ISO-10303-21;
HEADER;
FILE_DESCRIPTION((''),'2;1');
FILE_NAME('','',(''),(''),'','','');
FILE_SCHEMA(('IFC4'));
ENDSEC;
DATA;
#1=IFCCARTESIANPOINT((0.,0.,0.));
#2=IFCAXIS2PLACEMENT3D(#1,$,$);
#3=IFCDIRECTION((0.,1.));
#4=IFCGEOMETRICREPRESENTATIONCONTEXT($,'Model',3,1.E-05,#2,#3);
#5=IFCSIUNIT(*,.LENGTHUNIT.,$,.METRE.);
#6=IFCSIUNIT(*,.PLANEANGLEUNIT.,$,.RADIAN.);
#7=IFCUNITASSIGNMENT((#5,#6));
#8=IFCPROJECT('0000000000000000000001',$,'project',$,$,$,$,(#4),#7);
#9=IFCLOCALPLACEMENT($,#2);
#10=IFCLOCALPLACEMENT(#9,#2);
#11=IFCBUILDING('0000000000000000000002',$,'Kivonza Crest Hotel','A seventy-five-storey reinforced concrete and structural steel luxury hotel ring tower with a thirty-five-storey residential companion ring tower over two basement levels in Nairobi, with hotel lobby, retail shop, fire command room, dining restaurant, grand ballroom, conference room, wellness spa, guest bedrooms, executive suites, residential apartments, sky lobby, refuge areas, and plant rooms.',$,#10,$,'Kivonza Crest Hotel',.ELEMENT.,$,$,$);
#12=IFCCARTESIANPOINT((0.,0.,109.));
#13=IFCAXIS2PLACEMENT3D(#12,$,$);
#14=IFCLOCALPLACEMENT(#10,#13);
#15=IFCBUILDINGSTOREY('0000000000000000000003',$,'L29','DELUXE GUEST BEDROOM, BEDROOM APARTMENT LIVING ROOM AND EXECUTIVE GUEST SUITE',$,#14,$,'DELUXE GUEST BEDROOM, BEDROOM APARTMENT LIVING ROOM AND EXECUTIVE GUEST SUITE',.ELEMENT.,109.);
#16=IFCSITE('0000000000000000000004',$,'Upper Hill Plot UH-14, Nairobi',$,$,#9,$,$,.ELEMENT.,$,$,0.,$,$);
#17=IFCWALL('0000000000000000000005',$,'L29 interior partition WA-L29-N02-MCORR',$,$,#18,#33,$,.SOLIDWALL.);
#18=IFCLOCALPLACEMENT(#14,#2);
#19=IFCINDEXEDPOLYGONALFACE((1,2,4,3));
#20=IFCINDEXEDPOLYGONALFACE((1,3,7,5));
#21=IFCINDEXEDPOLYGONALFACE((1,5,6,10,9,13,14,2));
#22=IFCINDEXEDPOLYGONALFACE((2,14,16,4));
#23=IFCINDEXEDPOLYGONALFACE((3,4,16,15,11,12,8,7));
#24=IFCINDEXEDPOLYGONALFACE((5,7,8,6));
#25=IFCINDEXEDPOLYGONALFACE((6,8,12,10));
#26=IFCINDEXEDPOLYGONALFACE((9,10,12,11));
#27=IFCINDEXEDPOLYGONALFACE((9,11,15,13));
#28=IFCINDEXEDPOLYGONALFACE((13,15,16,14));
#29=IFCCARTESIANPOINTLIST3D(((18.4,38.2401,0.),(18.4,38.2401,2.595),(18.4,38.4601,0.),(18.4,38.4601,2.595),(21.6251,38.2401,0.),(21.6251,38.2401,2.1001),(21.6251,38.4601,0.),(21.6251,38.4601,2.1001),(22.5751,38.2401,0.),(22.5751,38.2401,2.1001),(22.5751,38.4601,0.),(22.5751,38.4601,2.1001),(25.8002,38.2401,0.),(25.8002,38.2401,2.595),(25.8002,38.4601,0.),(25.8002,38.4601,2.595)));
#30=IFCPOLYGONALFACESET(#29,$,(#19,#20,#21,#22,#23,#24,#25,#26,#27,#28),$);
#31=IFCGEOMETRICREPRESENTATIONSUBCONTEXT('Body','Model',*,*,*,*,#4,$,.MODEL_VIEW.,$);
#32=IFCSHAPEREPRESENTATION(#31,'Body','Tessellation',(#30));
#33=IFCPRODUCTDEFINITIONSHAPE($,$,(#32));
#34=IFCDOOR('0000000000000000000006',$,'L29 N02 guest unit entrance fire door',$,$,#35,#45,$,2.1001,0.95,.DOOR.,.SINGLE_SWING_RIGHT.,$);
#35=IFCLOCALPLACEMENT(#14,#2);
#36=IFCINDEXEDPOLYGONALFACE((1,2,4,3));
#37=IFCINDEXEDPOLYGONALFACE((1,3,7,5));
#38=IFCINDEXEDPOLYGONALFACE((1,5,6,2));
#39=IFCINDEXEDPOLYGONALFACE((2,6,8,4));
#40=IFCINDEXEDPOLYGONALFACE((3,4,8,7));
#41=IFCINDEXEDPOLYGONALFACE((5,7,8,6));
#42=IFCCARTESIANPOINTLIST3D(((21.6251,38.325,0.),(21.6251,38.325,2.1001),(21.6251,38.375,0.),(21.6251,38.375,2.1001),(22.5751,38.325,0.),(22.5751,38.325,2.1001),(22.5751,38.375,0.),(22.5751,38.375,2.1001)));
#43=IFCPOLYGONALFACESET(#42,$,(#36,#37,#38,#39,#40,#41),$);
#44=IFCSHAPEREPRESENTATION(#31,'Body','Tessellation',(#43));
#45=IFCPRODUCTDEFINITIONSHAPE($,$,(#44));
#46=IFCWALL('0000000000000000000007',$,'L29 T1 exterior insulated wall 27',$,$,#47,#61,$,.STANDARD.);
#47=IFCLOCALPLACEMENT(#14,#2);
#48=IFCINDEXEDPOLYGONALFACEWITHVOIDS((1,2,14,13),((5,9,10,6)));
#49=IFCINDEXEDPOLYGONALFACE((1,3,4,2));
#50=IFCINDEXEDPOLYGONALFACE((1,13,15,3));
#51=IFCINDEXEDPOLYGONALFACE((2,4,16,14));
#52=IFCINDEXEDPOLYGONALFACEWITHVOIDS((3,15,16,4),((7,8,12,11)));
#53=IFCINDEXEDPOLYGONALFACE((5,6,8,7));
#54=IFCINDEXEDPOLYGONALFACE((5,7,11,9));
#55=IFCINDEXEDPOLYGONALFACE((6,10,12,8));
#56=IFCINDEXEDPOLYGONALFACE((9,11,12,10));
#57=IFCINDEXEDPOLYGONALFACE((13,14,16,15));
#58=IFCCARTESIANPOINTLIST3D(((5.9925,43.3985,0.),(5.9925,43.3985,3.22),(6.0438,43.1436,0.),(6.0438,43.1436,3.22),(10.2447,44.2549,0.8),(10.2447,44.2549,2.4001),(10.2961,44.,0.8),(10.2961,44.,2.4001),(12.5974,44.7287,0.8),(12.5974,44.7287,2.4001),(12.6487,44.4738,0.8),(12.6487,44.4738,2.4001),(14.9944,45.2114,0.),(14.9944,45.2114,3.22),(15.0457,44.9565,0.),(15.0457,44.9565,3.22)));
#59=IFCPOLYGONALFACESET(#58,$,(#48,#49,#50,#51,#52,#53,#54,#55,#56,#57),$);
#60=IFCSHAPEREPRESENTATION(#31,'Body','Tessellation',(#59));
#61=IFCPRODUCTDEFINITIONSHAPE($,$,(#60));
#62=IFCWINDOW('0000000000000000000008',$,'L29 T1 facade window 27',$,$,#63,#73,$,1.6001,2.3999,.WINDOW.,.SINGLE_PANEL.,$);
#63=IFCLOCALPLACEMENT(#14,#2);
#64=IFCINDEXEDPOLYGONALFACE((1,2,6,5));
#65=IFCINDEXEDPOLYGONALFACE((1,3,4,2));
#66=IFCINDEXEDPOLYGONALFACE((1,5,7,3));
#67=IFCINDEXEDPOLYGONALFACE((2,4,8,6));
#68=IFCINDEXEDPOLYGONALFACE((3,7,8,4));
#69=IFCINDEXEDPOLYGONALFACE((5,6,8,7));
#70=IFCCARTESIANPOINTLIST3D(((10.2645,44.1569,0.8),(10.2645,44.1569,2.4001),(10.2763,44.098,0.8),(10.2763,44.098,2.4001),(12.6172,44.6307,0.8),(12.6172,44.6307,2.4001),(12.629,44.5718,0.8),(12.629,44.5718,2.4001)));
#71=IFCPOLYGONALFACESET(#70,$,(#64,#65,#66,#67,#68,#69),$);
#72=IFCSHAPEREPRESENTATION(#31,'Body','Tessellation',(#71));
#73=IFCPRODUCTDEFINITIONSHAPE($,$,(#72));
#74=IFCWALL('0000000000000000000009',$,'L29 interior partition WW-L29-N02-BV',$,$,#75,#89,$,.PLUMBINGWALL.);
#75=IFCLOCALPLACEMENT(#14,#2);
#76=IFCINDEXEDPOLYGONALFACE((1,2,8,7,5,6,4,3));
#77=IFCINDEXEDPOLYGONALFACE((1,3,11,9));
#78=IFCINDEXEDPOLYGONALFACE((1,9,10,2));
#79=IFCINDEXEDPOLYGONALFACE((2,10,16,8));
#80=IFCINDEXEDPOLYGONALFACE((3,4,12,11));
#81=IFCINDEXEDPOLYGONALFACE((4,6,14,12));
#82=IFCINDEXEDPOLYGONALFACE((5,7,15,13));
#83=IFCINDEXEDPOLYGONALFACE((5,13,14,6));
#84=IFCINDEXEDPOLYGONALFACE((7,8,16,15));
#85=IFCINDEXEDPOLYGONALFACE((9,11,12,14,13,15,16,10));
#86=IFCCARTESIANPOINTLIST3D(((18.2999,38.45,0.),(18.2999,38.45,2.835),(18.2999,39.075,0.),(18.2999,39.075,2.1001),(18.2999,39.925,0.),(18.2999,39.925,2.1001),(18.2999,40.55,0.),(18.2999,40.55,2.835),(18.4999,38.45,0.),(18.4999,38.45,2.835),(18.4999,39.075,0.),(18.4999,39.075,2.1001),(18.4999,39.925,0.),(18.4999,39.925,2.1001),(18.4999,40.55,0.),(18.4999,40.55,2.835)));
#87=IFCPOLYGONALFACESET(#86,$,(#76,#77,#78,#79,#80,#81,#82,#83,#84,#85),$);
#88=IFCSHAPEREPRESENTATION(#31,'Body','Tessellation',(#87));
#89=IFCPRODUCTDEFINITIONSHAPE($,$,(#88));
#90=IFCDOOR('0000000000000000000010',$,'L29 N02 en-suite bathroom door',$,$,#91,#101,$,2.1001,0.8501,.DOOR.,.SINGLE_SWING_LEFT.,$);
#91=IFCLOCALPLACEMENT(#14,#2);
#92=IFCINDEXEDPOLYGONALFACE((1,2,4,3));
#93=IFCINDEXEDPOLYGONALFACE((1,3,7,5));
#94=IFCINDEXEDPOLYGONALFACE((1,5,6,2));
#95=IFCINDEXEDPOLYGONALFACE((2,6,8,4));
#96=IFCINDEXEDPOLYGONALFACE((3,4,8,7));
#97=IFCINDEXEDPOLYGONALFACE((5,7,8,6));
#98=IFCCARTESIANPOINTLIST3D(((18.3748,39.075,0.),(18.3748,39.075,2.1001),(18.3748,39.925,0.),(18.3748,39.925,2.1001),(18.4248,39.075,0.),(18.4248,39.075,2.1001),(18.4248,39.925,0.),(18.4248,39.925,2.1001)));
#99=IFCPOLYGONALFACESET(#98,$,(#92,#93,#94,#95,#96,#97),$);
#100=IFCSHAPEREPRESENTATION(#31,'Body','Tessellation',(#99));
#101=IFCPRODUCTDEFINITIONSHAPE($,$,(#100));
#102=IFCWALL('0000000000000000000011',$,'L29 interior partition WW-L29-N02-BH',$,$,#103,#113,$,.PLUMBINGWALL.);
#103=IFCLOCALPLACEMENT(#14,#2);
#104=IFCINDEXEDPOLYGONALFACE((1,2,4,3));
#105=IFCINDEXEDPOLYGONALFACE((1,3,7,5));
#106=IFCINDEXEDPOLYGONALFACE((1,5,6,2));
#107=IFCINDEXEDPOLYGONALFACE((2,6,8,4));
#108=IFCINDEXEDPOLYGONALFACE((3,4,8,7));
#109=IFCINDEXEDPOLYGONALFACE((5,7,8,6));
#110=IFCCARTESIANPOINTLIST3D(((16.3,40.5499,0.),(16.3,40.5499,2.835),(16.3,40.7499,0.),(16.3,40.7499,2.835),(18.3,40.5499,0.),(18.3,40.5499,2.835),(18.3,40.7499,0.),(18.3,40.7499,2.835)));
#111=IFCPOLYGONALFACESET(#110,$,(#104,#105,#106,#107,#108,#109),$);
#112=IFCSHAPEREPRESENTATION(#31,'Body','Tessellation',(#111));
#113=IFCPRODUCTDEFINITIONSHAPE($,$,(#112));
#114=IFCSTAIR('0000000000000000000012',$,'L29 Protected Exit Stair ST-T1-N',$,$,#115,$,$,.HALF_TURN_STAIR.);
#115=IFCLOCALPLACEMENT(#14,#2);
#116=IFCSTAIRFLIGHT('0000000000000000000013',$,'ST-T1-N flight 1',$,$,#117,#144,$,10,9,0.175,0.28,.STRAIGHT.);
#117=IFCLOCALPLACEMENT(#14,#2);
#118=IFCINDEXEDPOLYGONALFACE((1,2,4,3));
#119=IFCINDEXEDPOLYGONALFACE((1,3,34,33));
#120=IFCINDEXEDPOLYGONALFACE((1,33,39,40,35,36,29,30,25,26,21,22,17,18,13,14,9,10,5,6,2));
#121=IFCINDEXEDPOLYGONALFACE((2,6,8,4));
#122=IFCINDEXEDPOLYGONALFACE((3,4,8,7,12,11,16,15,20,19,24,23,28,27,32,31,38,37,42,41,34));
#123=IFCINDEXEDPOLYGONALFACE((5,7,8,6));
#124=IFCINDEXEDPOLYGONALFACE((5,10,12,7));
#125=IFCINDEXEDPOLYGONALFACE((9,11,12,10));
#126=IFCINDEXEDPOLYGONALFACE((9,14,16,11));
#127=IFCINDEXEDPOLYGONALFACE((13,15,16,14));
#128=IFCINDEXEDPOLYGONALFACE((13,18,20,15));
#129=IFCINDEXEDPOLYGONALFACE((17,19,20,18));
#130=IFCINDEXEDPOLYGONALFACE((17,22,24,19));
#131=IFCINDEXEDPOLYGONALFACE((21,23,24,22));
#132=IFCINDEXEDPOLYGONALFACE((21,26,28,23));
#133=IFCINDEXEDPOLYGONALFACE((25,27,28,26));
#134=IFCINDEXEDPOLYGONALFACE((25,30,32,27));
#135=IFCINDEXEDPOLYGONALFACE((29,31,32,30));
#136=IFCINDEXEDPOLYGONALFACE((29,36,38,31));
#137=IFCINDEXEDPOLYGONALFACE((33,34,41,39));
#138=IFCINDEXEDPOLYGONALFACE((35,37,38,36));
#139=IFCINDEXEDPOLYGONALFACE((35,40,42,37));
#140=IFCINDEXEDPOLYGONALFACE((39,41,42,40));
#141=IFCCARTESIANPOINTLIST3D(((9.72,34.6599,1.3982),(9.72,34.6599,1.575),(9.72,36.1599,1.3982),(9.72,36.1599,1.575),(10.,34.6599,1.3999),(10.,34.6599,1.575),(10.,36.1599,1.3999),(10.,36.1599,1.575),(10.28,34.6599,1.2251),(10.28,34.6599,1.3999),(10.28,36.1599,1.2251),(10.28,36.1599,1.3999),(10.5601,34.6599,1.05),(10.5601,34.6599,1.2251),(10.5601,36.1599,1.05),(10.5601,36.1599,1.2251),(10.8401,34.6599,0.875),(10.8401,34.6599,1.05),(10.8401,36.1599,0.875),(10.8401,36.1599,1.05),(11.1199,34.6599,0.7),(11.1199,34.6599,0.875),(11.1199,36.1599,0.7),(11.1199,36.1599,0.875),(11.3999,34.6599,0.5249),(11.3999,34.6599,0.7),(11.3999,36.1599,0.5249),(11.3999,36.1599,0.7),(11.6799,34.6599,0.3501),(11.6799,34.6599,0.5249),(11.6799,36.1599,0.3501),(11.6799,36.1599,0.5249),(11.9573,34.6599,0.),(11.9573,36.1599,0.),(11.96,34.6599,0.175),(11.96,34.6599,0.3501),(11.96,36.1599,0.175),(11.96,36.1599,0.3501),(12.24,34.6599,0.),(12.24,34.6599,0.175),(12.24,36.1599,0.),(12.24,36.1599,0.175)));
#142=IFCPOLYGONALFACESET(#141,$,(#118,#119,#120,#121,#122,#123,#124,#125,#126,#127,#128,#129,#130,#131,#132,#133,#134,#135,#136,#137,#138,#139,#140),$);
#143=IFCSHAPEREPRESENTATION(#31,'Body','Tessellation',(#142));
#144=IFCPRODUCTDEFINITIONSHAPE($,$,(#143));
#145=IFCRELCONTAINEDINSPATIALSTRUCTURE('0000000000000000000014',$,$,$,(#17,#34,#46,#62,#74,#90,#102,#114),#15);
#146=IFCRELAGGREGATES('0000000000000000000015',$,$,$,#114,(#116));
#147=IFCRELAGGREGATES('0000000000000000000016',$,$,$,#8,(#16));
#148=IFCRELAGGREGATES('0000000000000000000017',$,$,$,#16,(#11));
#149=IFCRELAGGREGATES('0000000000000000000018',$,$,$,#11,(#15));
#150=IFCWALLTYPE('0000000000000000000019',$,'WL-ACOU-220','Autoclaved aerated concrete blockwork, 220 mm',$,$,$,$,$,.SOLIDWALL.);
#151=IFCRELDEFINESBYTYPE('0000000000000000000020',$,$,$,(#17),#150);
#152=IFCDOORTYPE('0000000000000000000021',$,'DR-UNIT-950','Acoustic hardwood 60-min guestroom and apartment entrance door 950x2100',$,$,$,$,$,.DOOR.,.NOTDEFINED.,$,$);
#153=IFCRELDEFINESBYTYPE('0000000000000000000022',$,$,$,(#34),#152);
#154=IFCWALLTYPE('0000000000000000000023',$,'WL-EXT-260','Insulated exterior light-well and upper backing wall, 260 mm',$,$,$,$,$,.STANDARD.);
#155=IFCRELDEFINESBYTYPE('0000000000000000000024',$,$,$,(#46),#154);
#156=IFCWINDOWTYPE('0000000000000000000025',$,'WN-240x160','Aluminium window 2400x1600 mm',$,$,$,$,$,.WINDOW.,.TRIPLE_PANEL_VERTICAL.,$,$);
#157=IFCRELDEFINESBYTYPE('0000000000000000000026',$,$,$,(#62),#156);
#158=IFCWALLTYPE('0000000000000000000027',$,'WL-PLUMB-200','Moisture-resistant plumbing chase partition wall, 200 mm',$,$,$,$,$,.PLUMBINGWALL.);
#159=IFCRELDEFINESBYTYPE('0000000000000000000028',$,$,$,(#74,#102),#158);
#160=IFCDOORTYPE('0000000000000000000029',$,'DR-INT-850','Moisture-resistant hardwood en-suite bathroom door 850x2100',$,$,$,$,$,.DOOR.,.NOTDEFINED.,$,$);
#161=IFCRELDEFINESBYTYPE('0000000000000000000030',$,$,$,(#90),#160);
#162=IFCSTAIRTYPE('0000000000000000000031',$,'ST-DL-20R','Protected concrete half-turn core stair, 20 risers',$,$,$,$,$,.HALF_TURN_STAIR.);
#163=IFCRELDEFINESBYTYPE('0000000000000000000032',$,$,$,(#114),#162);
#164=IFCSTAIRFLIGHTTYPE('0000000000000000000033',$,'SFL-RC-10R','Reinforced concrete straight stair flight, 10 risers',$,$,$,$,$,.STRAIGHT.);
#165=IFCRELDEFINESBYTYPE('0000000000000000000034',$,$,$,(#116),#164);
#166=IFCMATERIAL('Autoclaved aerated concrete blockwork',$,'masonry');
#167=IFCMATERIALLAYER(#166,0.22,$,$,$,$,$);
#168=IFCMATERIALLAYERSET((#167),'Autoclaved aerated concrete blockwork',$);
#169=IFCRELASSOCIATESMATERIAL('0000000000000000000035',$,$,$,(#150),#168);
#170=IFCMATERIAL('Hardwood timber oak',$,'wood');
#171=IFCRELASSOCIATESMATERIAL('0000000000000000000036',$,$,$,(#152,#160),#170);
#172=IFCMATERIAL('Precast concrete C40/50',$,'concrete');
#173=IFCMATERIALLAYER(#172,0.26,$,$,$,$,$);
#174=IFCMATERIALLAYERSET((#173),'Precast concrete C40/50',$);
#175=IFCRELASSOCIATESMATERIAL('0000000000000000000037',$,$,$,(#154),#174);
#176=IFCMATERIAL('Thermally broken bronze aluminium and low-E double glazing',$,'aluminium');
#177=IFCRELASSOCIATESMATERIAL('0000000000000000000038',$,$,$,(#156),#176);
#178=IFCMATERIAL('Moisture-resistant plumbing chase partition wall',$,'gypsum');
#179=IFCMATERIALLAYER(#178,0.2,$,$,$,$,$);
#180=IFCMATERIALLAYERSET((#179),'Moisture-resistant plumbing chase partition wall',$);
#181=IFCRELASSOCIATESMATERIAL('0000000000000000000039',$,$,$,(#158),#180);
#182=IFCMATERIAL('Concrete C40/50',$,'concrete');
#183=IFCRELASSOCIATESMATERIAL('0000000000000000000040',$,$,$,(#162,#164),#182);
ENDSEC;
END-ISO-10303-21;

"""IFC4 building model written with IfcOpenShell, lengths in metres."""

from ifc_helpers import new_model, si_unit, direction, frame, frame_2d, origin, place, context, subcontext, project, spatial, polyline, rectangle, outline, extrude, material, layer, layer_set, type_object, element, fill, aggregate, save


model = new_model("IFC4")

# Units and contexts
model_context = context("Model", 3, precision=1e-05, world=origin(), true_north=direction((0.0, 1.0)))
body_context = subcontext(model_context, "Body", "Model", "MODEL_VIEW")
ifc_project = project(units=[si_unit("LENGTHUNIT", "METRE"), si_unit("PLANEANGLEUNIT", "RADIAN")], contexts=[model_context])

# Site, building, storey
site_placement = place(None, origin())
site = spatial("IfcSite", under=ifc_project, at=site_placement, Name="Upper Hill Plot UH-14, Nairobi", CompositionType="ELEMENT", RefElevation=0.0)
building_placement = place(site_placement, origin())
building = spatial("IfcBuilding", under=site, at=building_placement, Name="Kivonza Crest Hotel", Description="A seventy-five-storey reinforced concrete and structural steel luxury hotel ring tower with a thirty-five-storey residential companion ring tower over two basement levels in Nairobi, with hotel lobby, retail shop, fire command room, dining restaurant, grand ballroom, conference room, wellness spa, guest bedrooms, executive suites, residential apartments, sky lobby, refuge areas, and plant rooms.", LongName="Kivonza Crest Hotel", CompositionType="ELEMENT")
storey_placement = place(building_placement, frame((0.0, 0.0, 109.0)))
storey = spatial("IfcBuildingStorey", under=building, at=storey_placement, Name="L29", Description="DELUXE GUEST BEDROOM, BEDROOM APARTMENT LIVING ROOM AND EXECUTIVE GUEST SUITE", LongName="DELUXE GUEST BEDROOM, BEDROOM APARTMENT LIVING ROOM AND EXECUTIVE GUEST SUITE", CompositionType="ELEMENT", Elevation=109.0)

# Shared definitions
ifc_material_1 = material(Name="Autoclaved aerated concrete blockwork", Category="masonry")
ifc_layer_1 = layer(ifc_material_1, 0.22)
ifc_layer_set_1 = layer_set([ifc_layer_1], Name="Autoclaved aerated concrete blockwork")
wall_type_1 = type_object("IfcWallType", Name="WL-ACOU-220", Description="Autoclaved aerated concrete blockwork, 220 mm", PredefinedType="SOLIDWALL", material=ifc_layer_set_1)
ifc_material_2 = material(Name="Hardwood timber oak", Category="wood")

# Wall, opening, door
wall_1_placement = place(storey_placement, frame((18.3999, 38.3501, 0.0), z_axis=(0.0, 0.0, 1.0), x_axis=(1.0, 0.0, 0.0)))
wall_1 = element("IfcWall", 1, at=wall_1_placement, inside=storey, type_object=wall_type_1, Name="L29 interior partition WA-L29-N02-MCORR", PredefinedType="SOLIDWALL", context=body_context, shape_type="SweptSolid", body=[
    extrude(rectangle(XDim=7.4001, YDim=0.22, at=frame_2d((3.7002, 0.0))), origin(), (0.0, 0.0, 1.0), 2.595),
])
opening_1_placement = place(wall_1_placement, frame((3.2251, 0.0, 0.0)))
opening_1 = element("IfcOpeningElement", 2, at=opening_1_placement, cuts=wall_1, PredefinedType="OPENING", context=body_context, shape_type="SweptSolid", body=[
    extrude(rectangle(XDim=0.95, YDim=2.1001, at=frame_2d((0.4751, 1.05))), frame((0.0, 0.1201, 0.0), z_axis=(0.0, -1.0, 0.0), x_axis=(1.0, 0.0, 0.0)), (0.0, 0.0, 1.0), 0.24),
])
door_type_1 = type_object("IfcDoorType", Name="DR-UNIT-950", Description="Acoustic hardwood 60-min guestroom and apartment entrance door 950x2100", OperationType="NOTDEFINED", PredefinedType="DOOR", material=ifc_material_2)
door_1_placement = place(opening_1_placement, origin())
door_1 = element("IfcDoor", 3, at=door_1_placement, inside=storey, type_object=door_type_1, Name="L29 N02 guest unit entrance fire door", OperationType="SINGLE_SWING_RIGHT", OverallHeight=2.1001, OverallWidth=0.95, PredefinedType="DOOR", context=body_context, shape_type="SweptSolid", body=[
    extrude(rectangle(XDim=0.95, YDim=2.1001, at=frame_2d((0.4751, 1.05))), frame((0.0, 0.0249, 0.0), z_axis=(0.0, -1.0, 0.0), x_axis=(1.0, 0.0, 0.0)), (0.0, 0.0, 1.0), 0.05),
])
fill(opening_1, door_1)

# Wall, opening, window
ifc_material_3 = material(Name="Precast concrete C40/50", Category="concrete")
ifc_layer_2 = layer(ifc_material_3, 0.26)
ifc_layer_set_2 = layer_set([ifc_layer_2], Name="Precast concrete C40/50")
wall_type_2 = type_object("IfcWallType", Name="WL-EXT-260", Description="Insulated exterior light-well and upper backing wall, 260 mm", PredefinedType="STANDARD", material=ifc_layer_set_2)
wall_2_placement = place(storey_placement, frame((15.02, 45.084, 0.0), z_axis=(0.0, 0.0, 1.0), x_axis=(-0.980316, -0.197435, 0.0)))
wall_2 = element("IfcWall", 4, at=wall_2_placement, inside=storey, type_object=wall_type_2, Name="L29 T1 exterior insulated wall 27", PredefinedType="STANDARD", context=body_context, shape_type="SweptSolid", body=[
    extrude(rectangle(XDim=9.1826, YDim=0.26, at=frame_2d((4.5913, 0.0))), origin(), (0.0, 0.0, 1.0), 3.22),
])
opening_2_placement = place(wall_2_placement, frame((2.4451, 0.0, 0.8)))
opening_2 = element("IfcOpeningElement", 5, at=opening_2_placement, cuts=wall_2, PredefinedType="OPENING", context=body_context, shape_type="SweptSolid", body=[
    extrude(rectangle(XDim=2.3999, YDim=1.6001, at=frame_2d((1.2, 0.8))), frame((0.0, 0.1401, 0.0), z_axis=(0.0, -1.0, 0.0), x_axis=(1.0, 0.0, 0.0)), (0.0, 0.0, 1.0), 0.28),
])
ifc_material_4 = material(Name="Thermally broken bronze aluminium and low-E double glazing", Category="aluminium")
window_type = type_object("IfcWindowType", Name="WN-240x160", Description="Aluminium window 2400x1600 mm", PartitioningType="TRIPLE_PANEL_VERTICAL", PredefinedType="WINDOW", material=ifc_material_4)
window_placement = place(opening_2_placement, origin())
window = element("IfcWindow", 6, at=window_placement, inside=storey, type_object=window_type, Name="L29 T1 facade window 27", OverallHeight=1.6001, OverallWidth=2.3999, PartitioningType="SINGLE_PANEL", PredefinedType="WINDOW", context=body_context, shape_type="SweptSolid", body=[
    extrude(rectangle(XDim=2.3999, YDim=1.6001, at=frame_2d((1.2, 0.8))), frame((0.0, 0.03, 0.0), z_axis=(0.0, -1.0, 0.0), x_axis=(1.0, 0.0, 0.0)), (0.0, 0.0, 1.0), 0.0601),
])
fill(opening_2, window)

# Wall, opening, door
ifc_material_5 = material(Name="Moisture-resistant plumbing chase partition wall", Category="gypsum")
ifc_layer_3 = layer(ifc_material_5, 0.2)
ifc_layer_set_3 = layer_set([ifc_layer_3], Name="Moisture-resistant plumbing chase partition wall")
wall_type_3 = type_object("IfcWallType", Name="WL-PLUMB-200", Description="Moisture-resistant plumbing chase partition wall, 200 mm", PredefinedType="PLUMBINGWALL", material=ifc_layer_set_3)
wall_3_placement = place(storey_placement, frame((18.3999, 38.45, 0.0), z_axis=(0.0, 0.0, 1.0), x_axis=(0.0, 1.0, 0.0)))
wall_3 = element("IfcWall", 7, at=wall_3_placement, inside=storey, type_object=wall_type_3, Name="L29 interior partition WW-L29-N02-BV", PredefinedType="PLUMBINGWALL", context=body_context, shape_type="SweptSolid", body=[
    extrude(rectangle(XDim=2.1001, YDim=0.2, at=frame_2d((1.05, 0.0))), origin(), (0.0, 0.0, 1.0), 2.835),
])
opening_3_placement = place(wall_3_placement, frame((0.625, 0.0, 0.0)))
opening_3 = element("IfcOpeningElement", 8, at=opening_3_placement, cuts=wall_3, PredefinedType="OPENING", context=body_context, shape_type="SweptSolid", body=[
    extrude(rectangle(XDim=0.8501, YDim=2.1001, at=frame_2d((0.425, 1.05))), frame((0.0, 0.1099, 0.0), z_axis=(0.0, -1.0, 0.0), x_axis=(1.0, 0.0, 0.0)), (0.0, 0.0, 1.0), 0.22),
])
door_type_2 = type_object("IfcDoorType", Name="DR-INT-850", Description="Moisture-resistant hardwood en-suite bathroom door 850x2100", OperationType="NOTDEFINED", PredefinedType="DOOR", material=ifc_material_2)
door_2_placement = place(opening_3_placement, frame((0.8501, 0.0, 0.0), z_axis=(0.0, 0.0, 1.0), x_axis=(-1.0, 0.0, 0.0)))
door_2 = element("IfcDoor", 9, at=door_2_placement, inside=storey, type_object=door_type_2, Name="L29 N02 en-suite bathroom door", OperationType="SINGLE_SWING_LEFT", OverallHeight=2.1001, OverallWidth=0.8501, PredefinedType="DOOR", context=body_context, shape_type="SweptSolid", body=[
    extrude(rectangle(XDim=0.8501, YDim=2.1001, at=frame_2d((0.425, 1.05))), frame((0.0, 0.0249, 0.0), z_axis=(0.0, -1.0, 0.0), x_axis=(1.0, 0.0, 0.0)), (0.0, 0.0, 1.0), 0.05),
])
fill(opening_3, door_2)

# Wall
wall_4_placement = place(storey_placement, frame((16.3, 40.6499, 0.0), z_axis=(0.0, 0.0, 1.0), x_axis=(1.0, 0.0, 0.0)))
element("IfcWall", 10, at=wall_4_placement, inside=storey, type_object=wall_type_3, Name="L29 interior partition WW-L29-N02-BH", PredefinedType="PLUMBINGWALL", context=body_context, shape_type="SweptSolid", body=[
    extrude(rectangle(XDim=2.0, YDim=0.2, at=frame_2d((1.0, 0.0))), origin(), (0.0, 0.0, 1.0), 2.835),
])

# Stair, stair flight
ifc_material_6 = material(Name="Concrete C40/50", Category="concrete")
stair_type = type_object("IfcStairType", Name="ST-DL-20R", Description="Protected concrete half-turn core stair, 20 risers", PredefinedType="HALF_TURN_STAIR", material=ifc_material_6)
stair_placement = place(storey_placement, origin())
stair = element("IfcStair", 11, at=stair_placement, inside=storey, type_object=stair_type, Name="L29 Protected Exit Stair ST-T1-N", PredefinedType="HALF_TURN_STAIR")
stair_flight_type = type_object("IfcStairFlightType", Name="SFL-RC-10R", Description="Reinforced concrete straight stair flight, 10 risers", PredefinedType="STRAIGHT", material=ifc_material_6)
stair_flight_placement = place(storey_placement, frame((12.24, 35.4099, 0.0), z_axis=(0.0, 0.0, 1.0), x_axis=(-1.0, 0.0, 0.0)))
stair_flight = element("IfcStairFlight", 12, at=stair_flight_placement, type_object=stair_flight_type, Name="ST-T1-N flight 1", NumberOfRisers=10, NumberOfTreads=9, PredefinedType="STRAIGHT", RiserHeight=0.175, TreadLength=0.28, context=body_context, shape_type="SweptSolid", body=[
    extrude(outline(polyline([(0.0, 0.0), (0.0, 0.175), (0.28, 0.175), (0.28, 0.3501), (0.5601, 0.3501), (0.5601, 0.5249), (0.8401, 0.5249), (0.8401, 0.7), (1.1201, 0.7), (1.1201, 0.875), (1.3999, 0.875), (1.3999, 1.05), (1.6799, 1.05), (1.6799, 1.2251), (1.96, 1.2251), (1.96, 1.3999), (2.24, 1.3999), (2.24, 1.575), (2.52, 1.575), (2.52, 1.75), (2.52, 1.3982), (0.2827, 0.0), (0.0, 0.0)])), frame((0.0, 0.75, 0.0), z_axis=(0.0, -1.0, 0.0), x_axis=(1.0, 0.0, 0.0)), (0.0, 0.0, 1.0), 1.5),
])
aggregate(stair, [stair_flight])

save(model, "model.ifc")
